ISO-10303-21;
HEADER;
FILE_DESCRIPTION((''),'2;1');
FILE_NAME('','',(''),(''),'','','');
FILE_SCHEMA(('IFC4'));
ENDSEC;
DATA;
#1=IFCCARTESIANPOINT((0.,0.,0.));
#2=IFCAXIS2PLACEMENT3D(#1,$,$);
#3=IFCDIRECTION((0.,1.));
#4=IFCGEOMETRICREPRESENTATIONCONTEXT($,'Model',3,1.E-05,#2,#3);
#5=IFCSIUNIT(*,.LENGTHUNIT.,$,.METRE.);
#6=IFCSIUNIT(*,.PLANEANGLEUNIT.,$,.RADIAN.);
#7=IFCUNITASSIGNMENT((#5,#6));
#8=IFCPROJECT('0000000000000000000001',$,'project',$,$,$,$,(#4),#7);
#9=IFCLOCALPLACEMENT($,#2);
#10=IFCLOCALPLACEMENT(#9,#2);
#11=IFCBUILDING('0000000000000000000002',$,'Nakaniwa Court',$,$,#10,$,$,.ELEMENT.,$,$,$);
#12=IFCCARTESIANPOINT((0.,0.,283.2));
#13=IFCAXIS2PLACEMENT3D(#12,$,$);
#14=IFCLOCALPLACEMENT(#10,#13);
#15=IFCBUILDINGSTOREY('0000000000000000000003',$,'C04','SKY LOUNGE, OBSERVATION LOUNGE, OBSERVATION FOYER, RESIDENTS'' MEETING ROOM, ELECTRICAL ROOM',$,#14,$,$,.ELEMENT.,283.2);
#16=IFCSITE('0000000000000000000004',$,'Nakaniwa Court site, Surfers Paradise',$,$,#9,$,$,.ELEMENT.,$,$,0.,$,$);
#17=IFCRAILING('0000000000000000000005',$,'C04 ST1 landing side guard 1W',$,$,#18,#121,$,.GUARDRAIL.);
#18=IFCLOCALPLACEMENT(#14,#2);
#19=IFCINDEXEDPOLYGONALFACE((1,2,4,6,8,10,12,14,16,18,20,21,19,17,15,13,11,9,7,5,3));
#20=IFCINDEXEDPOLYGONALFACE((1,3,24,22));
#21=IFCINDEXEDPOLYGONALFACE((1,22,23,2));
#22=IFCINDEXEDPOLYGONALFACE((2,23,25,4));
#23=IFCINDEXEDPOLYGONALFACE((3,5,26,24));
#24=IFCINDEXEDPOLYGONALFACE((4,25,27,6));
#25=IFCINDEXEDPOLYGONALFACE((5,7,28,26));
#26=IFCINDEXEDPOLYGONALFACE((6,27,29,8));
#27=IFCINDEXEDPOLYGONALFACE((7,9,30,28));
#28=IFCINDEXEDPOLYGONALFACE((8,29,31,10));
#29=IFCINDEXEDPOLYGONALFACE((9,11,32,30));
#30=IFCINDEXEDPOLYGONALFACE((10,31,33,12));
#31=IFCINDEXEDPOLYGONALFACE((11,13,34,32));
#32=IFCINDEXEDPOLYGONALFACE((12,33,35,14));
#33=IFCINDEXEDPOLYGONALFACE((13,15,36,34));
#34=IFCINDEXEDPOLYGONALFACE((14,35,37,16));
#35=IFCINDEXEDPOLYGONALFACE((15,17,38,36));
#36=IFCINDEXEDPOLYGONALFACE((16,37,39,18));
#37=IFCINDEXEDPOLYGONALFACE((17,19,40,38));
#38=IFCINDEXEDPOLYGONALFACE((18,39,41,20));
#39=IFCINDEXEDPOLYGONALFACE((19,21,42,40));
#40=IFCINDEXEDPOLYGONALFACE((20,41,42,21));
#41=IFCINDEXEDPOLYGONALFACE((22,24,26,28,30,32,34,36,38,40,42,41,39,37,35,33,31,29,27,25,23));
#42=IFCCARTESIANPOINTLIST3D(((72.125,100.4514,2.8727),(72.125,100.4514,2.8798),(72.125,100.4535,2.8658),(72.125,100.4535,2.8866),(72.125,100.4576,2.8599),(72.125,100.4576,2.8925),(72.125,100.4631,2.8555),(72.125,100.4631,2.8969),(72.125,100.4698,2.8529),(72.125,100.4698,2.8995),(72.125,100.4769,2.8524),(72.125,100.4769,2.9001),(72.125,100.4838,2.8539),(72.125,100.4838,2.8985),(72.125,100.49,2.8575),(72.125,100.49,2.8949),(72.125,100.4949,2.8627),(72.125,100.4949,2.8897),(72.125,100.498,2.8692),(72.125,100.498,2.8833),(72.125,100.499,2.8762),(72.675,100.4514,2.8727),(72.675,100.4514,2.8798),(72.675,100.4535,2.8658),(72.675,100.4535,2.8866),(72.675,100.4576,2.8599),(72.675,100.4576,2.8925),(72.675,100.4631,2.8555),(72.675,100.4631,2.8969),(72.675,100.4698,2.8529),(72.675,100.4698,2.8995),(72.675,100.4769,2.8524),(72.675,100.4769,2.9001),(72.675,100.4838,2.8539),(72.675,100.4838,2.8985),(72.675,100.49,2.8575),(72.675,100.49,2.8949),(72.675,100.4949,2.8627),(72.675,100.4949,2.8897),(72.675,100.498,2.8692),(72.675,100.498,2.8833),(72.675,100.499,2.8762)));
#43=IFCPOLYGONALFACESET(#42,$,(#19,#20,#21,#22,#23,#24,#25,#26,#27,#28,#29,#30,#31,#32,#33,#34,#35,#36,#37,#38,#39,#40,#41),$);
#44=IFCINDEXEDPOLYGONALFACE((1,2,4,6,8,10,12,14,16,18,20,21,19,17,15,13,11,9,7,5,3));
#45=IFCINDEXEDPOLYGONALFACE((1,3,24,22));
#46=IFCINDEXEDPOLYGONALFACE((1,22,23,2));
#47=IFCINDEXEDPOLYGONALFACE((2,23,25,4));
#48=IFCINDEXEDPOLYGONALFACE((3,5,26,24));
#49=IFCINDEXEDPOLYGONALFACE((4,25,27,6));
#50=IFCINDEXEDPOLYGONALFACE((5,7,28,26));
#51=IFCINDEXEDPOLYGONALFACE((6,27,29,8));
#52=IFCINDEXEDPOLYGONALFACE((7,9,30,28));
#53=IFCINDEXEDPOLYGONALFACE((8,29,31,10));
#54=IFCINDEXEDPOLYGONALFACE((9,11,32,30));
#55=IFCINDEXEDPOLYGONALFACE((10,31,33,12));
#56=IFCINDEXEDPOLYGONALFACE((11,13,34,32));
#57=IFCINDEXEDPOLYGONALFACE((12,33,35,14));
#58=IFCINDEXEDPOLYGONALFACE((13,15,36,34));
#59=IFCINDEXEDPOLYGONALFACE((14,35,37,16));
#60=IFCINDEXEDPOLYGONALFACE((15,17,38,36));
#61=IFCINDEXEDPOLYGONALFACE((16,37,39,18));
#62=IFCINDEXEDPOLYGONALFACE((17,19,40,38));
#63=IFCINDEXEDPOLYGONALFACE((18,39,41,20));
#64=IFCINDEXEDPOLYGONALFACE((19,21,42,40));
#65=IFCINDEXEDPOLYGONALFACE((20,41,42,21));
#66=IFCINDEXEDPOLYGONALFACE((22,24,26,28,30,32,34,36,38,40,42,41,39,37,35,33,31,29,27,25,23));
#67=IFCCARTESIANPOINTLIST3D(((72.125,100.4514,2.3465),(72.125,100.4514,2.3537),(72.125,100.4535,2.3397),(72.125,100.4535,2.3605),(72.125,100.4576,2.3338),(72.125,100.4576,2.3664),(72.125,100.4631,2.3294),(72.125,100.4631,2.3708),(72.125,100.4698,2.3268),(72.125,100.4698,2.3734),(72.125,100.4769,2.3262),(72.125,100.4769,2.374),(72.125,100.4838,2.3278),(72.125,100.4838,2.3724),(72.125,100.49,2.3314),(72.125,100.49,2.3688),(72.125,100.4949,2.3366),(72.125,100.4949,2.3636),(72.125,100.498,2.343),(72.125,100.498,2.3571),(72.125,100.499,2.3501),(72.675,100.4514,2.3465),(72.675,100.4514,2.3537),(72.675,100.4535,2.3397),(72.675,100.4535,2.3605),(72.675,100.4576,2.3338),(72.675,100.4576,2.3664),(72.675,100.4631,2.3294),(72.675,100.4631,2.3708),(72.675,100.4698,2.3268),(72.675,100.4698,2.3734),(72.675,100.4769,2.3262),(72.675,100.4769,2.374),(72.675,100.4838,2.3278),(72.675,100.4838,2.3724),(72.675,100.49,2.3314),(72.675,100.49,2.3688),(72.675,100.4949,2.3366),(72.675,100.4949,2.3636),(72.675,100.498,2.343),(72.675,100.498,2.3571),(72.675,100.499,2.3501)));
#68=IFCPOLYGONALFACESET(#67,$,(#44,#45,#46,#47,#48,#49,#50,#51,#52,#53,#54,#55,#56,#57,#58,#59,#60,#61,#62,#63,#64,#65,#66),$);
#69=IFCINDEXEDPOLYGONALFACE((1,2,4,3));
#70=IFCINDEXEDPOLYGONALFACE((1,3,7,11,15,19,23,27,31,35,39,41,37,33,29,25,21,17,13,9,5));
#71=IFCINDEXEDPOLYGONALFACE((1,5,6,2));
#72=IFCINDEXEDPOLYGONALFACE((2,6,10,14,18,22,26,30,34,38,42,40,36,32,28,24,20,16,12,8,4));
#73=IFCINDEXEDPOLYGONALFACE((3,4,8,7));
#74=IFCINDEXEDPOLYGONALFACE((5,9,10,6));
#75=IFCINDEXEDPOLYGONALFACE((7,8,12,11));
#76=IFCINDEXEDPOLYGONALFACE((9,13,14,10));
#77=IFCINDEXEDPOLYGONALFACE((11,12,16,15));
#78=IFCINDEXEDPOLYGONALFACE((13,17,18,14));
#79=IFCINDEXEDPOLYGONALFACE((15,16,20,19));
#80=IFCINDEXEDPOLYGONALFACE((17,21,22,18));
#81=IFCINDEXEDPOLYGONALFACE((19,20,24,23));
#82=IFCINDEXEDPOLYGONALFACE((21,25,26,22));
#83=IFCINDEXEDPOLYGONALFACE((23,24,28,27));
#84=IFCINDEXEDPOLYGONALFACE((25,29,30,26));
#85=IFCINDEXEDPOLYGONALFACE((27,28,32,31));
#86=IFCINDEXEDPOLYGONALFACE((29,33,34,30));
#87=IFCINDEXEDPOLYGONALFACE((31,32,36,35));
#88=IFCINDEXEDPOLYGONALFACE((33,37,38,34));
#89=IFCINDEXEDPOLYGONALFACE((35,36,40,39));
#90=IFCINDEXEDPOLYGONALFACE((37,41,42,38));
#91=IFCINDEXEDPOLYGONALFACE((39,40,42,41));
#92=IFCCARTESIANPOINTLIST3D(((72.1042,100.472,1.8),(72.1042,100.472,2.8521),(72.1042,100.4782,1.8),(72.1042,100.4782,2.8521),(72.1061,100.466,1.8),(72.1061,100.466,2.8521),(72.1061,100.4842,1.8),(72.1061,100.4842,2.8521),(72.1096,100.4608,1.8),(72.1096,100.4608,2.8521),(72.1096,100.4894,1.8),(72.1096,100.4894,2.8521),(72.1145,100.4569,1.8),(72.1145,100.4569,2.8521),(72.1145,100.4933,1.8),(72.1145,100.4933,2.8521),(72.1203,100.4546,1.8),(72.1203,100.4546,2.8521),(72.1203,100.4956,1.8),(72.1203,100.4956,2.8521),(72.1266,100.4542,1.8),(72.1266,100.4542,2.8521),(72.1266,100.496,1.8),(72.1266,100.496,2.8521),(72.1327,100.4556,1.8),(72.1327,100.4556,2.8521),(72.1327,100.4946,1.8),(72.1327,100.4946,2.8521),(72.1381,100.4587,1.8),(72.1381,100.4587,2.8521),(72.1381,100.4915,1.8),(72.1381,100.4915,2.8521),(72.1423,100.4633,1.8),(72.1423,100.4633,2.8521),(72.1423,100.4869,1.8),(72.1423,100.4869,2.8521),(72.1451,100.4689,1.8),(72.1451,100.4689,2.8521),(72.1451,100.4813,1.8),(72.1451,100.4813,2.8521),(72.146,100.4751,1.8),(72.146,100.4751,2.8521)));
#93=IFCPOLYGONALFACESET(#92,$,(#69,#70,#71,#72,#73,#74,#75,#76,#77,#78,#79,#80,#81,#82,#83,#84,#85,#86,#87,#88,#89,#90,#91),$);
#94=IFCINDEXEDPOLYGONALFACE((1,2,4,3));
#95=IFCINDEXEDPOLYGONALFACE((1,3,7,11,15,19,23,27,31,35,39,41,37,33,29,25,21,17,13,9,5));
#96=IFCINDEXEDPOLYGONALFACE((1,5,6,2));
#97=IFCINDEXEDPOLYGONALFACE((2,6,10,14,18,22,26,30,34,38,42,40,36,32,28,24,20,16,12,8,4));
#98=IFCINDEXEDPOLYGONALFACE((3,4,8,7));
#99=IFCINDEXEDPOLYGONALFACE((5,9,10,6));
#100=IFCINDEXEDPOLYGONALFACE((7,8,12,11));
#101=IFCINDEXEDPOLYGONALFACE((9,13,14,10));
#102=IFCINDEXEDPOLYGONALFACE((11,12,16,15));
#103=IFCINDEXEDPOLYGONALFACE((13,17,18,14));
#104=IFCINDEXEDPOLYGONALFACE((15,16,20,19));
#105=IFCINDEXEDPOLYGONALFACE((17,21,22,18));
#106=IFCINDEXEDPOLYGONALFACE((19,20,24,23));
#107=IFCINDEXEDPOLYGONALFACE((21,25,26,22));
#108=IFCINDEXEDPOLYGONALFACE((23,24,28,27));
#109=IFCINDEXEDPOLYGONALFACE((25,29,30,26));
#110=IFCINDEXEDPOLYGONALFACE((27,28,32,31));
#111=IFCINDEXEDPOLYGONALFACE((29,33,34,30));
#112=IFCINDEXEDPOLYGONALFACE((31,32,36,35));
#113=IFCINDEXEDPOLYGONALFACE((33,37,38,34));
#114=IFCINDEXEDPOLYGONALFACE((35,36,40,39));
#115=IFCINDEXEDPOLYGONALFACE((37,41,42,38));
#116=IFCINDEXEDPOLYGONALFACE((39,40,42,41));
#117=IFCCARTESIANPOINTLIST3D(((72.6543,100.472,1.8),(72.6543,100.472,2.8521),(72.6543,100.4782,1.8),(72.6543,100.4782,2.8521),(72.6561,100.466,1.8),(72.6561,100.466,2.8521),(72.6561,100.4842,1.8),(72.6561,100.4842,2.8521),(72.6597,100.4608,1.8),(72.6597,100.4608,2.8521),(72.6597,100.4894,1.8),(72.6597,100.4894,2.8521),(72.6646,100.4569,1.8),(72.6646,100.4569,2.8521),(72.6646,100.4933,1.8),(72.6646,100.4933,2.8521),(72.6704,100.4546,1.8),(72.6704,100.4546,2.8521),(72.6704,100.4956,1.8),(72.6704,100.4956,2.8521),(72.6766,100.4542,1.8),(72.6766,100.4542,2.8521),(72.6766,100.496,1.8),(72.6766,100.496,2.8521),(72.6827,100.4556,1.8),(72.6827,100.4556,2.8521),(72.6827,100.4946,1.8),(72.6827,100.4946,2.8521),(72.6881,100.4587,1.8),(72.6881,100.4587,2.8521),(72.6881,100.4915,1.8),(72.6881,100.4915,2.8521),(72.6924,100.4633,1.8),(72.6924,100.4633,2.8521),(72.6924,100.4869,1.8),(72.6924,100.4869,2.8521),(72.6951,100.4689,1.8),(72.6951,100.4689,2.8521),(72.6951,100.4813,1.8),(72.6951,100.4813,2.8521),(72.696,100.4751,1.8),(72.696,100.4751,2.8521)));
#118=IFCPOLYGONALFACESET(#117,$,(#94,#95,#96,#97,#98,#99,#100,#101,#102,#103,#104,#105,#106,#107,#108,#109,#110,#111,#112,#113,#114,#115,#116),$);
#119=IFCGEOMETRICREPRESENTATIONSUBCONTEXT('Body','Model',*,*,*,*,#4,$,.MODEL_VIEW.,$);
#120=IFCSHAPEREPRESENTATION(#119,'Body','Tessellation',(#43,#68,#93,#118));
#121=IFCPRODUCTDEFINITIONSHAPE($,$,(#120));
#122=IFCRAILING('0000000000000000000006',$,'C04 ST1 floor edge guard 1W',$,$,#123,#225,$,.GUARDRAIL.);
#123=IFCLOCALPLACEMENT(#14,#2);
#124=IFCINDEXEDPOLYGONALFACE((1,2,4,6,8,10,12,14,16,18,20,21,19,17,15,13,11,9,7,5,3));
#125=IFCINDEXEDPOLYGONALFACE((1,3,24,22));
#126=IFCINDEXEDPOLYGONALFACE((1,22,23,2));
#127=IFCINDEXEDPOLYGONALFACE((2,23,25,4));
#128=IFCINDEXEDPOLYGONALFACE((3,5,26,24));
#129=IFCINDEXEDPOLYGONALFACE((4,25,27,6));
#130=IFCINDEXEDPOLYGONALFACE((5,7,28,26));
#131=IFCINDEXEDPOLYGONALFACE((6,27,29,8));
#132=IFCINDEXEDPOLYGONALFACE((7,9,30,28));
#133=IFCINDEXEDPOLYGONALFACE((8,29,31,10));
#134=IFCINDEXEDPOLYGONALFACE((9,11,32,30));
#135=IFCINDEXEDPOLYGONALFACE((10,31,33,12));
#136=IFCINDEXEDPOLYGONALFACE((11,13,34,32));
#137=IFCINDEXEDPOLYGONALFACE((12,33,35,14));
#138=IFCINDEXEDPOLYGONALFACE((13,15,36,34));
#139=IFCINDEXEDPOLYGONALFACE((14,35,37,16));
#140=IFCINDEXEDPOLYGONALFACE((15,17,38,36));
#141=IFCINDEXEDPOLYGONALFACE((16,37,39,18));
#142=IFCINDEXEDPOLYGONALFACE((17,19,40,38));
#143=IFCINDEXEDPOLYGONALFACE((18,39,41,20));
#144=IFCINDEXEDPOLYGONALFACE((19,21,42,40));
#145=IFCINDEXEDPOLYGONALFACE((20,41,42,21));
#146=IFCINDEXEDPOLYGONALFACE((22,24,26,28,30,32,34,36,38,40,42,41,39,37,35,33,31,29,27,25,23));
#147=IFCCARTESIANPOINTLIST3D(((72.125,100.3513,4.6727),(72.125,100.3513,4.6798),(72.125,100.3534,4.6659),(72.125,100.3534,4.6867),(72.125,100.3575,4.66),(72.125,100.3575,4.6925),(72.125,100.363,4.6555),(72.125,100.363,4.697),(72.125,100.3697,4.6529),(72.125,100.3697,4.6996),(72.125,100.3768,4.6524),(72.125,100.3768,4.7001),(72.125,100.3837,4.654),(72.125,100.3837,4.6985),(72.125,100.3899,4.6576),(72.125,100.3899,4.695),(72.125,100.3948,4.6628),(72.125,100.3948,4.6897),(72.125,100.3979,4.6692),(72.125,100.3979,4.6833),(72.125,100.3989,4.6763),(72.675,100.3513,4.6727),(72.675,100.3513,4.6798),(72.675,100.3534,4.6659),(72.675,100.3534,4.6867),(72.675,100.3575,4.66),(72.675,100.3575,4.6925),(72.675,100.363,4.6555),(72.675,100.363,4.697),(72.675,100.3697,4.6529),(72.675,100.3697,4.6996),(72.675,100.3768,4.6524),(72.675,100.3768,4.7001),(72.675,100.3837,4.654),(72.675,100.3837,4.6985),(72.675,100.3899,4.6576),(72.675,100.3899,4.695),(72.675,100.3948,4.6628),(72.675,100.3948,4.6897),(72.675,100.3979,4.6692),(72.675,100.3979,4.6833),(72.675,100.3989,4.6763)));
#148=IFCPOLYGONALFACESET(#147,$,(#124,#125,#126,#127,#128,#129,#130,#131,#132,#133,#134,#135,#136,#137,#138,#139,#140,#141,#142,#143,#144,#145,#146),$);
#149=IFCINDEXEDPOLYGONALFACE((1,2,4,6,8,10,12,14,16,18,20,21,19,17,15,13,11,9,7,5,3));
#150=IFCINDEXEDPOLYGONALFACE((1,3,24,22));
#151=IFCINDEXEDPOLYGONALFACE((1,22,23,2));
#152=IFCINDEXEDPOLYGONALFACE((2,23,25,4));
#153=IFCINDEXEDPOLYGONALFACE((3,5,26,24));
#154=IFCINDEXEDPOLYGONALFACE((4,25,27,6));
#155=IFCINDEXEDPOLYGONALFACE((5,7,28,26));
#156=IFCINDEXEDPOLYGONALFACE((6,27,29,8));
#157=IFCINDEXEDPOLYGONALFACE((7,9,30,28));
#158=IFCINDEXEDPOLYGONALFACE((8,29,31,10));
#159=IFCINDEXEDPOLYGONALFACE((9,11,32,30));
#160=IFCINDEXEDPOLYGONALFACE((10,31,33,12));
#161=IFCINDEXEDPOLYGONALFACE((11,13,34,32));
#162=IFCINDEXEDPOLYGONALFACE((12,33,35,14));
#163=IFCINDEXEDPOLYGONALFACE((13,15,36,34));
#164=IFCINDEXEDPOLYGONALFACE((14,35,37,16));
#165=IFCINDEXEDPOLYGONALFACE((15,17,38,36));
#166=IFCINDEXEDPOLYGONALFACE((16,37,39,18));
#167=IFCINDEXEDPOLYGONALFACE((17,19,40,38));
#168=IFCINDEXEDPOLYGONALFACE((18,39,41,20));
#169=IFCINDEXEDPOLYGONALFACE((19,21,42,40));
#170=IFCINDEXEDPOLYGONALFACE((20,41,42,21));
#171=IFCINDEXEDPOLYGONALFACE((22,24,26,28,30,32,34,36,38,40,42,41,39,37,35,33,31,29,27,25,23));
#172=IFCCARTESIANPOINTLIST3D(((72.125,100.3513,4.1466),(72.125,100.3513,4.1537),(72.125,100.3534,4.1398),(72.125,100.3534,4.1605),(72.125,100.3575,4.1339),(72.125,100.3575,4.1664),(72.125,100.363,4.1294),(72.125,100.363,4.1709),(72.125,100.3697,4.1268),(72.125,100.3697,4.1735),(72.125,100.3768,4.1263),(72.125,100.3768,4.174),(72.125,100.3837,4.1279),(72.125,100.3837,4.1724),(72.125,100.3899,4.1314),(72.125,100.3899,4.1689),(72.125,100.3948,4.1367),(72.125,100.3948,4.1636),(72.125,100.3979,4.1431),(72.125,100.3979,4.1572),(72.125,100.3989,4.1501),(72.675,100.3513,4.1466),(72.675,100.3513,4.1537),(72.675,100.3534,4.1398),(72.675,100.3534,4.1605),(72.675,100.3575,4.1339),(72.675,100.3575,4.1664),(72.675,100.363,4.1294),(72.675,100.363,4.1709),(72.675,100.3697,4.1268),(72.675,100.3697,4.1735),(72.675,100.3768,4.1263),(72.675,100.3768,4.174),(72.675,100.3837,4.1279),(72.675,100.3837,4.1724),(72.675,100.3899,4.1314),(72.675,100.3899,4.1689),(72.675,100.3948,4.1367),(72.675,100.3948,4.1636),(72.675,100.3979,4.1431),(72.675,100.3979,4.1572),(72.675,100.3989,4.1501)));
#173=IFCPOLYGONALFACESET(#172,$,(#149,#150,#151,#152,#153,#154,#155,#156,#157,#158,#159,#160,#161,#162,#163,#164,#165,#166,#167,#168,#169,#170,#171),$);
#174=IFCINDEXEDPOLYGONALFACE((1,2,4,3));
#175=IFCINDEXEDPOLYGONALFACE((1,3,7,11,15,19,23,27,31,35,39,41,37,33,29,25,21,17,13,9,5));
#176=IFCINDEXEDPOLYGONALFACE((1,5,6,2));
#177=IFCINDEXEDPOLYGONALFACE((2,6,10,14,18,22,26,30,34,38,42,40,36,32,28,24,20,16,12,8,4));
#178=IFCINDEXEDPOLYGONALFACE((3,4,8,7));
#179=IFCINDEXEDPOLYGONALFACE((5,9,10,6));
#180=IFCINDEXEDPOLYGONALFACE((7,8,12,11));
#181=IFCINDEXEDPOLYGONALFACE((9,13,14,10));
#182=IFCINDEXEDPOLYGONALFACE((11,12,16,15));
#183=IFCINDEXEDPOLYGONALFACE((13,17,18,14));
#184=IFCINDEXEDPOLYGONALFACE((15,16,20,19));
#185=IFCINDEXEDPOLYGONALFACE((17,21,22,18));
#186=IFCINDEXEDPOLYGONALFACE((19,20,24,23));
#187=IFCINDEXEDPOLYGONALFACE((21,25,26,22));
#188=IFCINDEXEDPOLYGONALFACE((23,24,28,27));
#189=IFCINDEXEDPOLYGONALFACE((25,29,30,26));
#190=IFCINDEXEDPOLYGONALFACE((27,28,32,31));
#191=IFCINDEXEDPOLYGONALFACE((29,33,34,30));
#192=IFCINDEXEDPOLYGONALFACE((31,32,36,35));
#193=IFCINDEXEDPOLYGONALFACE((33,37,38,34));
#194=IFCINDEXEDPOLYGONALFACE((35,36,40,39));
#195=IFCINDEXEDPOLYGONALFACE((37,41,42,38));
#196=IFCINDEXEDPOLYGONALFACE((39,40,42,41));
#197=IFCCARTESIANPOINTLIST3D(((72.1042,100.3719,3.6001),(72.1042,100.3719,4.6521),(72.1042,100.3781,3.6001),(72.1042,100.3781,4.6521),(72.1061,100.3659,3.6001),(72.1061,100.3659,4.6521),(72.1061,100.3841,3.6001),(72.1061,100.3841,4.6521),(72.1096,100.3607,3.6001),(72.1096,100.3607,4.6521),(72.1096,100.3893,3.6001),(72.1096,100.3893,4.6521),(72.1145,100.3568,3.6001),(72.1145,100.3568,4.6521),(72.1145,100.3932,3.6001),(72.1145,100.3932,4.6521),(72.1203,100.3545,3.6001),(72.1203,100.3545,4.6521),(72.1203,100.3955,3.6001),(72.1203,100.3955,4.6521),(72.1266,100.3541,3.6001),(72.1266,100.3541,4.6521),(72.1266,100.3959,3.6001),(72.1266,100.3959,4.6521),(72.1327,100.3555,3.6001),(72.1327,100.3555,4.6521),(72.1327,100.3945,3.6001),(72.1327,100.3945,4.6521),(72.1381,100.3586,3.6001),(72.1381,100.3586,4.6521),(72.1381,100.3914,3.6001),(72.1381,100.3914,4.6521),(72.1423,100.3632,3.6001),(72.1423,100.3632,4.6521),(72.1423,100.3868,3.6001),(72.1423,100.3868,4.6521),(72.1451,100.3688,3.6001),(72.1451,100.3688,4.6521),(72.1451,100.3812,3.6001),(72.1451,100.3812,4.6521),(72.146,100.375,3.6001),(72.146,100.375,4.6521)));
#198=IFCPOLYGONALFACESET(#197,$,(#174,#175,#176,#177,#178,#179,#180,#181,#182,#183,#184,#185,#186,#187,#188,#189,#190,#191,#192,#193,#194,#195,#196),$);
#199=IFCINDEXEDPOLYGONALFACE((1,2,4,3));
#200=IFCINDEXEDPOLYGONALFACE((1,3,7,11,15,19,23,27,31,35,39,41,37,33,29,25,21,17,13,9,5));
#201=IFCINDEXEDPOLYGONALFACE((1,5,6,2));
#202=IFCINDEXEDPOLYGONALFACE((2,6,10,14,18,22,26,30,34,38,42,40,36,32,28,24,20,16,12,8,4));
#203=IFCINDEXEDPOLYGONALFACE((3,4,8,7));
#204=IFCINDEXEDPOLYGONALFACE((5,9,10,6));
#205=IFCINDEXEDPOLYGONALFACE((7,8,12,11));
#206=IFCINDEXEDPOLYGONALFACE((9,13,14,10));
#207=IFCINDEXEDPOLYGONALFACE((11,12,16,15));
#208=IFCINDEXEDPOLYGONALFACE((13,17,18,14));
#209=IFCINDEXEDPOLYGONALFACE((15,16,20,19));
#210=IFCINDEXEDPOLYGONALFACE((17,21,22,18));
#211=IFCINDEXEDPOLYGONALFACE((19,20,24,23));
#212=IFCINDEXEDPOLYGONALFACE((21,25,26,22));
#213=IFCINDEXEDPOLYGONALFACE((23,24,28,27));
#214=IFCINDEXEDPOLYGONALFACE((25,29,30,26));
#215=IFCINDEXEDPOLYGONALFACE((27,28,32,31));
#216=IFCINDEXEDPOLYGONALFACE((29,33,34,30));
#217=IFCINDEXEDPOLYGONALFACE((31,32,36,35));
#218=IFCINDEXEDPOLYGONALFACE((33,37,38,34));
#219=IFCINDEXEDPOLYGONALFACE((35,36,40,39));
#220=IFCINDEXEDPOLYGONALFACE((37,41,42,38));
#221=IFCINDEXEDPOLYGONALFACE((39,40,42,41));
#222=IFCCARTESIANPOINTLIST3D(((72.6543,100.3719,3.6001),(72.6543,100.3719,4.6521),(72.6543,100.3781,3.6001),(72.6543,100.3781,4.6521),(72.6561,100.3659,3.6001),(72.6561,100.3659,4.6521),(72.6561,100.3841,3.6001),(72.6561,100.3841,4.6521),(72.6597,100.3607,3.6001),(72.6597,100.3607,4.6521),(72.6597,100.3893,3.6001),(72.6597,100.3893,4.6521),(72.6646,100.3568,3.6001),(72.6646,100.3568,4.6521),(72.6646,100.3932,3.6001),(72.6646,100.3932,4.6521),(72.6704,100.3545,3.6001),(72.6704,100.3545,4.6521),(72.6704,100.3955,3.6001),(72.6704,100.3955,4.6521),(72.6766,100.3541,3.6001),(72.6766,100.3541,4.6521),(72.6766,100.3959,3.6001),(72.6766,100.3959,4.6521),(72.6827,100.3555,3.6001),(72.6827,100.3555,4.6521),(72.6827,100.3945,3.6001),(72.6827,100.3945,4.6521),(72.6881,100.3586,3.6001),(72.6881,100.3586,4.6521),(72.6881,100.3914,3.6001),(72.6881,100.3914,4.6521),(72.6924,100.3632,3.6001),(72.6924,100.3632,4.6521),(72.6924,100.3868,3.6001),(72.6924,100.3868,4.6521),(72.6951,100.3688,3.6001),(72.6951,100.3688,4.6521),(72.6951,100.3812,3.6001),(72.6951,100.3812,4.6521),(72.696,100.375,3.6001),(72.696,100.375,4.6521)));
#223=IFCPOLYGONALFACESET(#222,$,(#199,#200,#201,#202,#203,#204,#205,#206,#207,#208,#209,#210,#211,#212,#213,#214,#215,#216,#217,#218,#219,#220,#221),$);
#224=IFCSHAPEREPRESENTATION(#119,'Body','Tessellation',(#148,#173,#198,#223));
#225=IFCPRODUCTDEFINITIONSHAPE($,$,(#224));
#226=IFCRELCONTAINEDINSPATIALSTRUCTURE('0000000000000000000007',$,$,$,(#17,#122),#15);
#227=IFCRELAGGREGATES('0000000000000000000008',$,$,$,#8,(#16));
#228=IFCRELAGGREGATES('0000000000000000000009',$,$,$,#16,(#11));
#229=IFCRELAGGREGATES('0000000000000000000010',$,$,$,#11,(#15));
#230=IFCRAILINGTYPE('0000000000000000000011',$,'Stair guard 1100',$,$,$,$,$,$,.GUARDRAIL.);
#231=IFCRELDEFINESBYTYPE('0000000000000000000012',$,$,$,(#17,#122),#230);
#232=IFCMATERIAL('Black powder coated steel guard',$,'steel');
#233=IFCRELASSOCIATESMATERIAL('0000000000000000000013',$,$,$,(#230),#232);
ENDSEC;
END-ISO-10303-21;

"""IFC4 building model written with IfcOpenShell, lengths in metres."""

from ifc_helpers import new_model, si_unit, direction, frame, origin, origin_2d, place, context, subcontext, project, spatial, circle, extrude, material, type_object, element, save


model = new_model("IFC4")

# Units and contexts
model_context = context("Model", 3, precision=1e-05, world=origin(), true_north=direction((0.0, 1.0)))
body_context = subcontext(model_context, "Body", "Model", "MODEL_VIEW")
ifc_project = project(units=[si_unit("LENGTHUNIT", "METRE"), si_unit("PLANEANGLEUNIT", "RADIAN")], contexts=[model_context])

# Site, building, storey
site_placement = place(None, origin())
site = spatial("IfcSite", under=ifc_project, at=site_placement, Name="Nakaniwa Court site, Surfers Paradise", CompositionType="ELEMENT", RefElevation=0.0)
building_placement = place(site_placement, origin())
building = spatial("IfcBuilding", under=site, at=building_placement, Name="Nakaniwa Court", CompositionType="ELEMENT")
storey_placement = place(building_placement, frame((0.0, 0.0, 283.2)))
storey = spatial("IfcBuildingStorey", under=building, at=storey_placement, Name="C04", Description="SKY LOUNGE, OBSERVATION LOUNGE, OBSERVATION FOYER, RESIDENTS' MEETING ROOM, ELECTRICAL ROOM", CompositionType="ELEMENT", Elevation=283.2)

# Railings
ifc_material_1 = material(Name="Black powder coated steel guard", Category="steel")
railing_type_1 = type_object("IfcRailingType", Name="Stair guard 1100", PredefinedType="GUARDRAIL", material=ifc_material_1)
for number, where, name in (
    (1, (72.125, 100.4751, 1.8), "C04 ST1 landing side guard 1W"),
    (2, (72.125, 100.375, 3.6001), "C04 ST1 floor edge guard 1W"),
):
    element("IfcRailing", number, at=place(storey_placement, frame(where)), inside=storey, type_object=railing_type_1, Name=name, PredefinedType="GUARDRAIL", context=body_context, shape_type="SweptSolid", body=[
        extrude(circle(Radius=0.0239, at=origin_2d()), frame((0.0, 0.0, 1.0762), z_axis=(1.0, 0.0, 0.0), x_axis=(0.0, 1.0, 0.0)), (0.0, 0.0, 1.0), 0.55),
        extrude(circle(Radius=0.0239, at=origin_2d()), frame((0.0, 0.0, 0.55), z_axis=(1.0, 0.0, 0.0), x_axis=(0.0, 1.0, 0.0)), (0.0, 0.0, 1.0), 0.55),
        extrude(circle(Radius=0.021, at=origin_2d()), origin(), (0.0, 0.0, 1.0), 1.052),
        extrude(circle(Radius=0.021, at=origin_2d()), frame((0.55, 0.0, 0.0)), (0.0, 0.0, 1.0), 1.052),
    ])

save(model, "model.ifc")
